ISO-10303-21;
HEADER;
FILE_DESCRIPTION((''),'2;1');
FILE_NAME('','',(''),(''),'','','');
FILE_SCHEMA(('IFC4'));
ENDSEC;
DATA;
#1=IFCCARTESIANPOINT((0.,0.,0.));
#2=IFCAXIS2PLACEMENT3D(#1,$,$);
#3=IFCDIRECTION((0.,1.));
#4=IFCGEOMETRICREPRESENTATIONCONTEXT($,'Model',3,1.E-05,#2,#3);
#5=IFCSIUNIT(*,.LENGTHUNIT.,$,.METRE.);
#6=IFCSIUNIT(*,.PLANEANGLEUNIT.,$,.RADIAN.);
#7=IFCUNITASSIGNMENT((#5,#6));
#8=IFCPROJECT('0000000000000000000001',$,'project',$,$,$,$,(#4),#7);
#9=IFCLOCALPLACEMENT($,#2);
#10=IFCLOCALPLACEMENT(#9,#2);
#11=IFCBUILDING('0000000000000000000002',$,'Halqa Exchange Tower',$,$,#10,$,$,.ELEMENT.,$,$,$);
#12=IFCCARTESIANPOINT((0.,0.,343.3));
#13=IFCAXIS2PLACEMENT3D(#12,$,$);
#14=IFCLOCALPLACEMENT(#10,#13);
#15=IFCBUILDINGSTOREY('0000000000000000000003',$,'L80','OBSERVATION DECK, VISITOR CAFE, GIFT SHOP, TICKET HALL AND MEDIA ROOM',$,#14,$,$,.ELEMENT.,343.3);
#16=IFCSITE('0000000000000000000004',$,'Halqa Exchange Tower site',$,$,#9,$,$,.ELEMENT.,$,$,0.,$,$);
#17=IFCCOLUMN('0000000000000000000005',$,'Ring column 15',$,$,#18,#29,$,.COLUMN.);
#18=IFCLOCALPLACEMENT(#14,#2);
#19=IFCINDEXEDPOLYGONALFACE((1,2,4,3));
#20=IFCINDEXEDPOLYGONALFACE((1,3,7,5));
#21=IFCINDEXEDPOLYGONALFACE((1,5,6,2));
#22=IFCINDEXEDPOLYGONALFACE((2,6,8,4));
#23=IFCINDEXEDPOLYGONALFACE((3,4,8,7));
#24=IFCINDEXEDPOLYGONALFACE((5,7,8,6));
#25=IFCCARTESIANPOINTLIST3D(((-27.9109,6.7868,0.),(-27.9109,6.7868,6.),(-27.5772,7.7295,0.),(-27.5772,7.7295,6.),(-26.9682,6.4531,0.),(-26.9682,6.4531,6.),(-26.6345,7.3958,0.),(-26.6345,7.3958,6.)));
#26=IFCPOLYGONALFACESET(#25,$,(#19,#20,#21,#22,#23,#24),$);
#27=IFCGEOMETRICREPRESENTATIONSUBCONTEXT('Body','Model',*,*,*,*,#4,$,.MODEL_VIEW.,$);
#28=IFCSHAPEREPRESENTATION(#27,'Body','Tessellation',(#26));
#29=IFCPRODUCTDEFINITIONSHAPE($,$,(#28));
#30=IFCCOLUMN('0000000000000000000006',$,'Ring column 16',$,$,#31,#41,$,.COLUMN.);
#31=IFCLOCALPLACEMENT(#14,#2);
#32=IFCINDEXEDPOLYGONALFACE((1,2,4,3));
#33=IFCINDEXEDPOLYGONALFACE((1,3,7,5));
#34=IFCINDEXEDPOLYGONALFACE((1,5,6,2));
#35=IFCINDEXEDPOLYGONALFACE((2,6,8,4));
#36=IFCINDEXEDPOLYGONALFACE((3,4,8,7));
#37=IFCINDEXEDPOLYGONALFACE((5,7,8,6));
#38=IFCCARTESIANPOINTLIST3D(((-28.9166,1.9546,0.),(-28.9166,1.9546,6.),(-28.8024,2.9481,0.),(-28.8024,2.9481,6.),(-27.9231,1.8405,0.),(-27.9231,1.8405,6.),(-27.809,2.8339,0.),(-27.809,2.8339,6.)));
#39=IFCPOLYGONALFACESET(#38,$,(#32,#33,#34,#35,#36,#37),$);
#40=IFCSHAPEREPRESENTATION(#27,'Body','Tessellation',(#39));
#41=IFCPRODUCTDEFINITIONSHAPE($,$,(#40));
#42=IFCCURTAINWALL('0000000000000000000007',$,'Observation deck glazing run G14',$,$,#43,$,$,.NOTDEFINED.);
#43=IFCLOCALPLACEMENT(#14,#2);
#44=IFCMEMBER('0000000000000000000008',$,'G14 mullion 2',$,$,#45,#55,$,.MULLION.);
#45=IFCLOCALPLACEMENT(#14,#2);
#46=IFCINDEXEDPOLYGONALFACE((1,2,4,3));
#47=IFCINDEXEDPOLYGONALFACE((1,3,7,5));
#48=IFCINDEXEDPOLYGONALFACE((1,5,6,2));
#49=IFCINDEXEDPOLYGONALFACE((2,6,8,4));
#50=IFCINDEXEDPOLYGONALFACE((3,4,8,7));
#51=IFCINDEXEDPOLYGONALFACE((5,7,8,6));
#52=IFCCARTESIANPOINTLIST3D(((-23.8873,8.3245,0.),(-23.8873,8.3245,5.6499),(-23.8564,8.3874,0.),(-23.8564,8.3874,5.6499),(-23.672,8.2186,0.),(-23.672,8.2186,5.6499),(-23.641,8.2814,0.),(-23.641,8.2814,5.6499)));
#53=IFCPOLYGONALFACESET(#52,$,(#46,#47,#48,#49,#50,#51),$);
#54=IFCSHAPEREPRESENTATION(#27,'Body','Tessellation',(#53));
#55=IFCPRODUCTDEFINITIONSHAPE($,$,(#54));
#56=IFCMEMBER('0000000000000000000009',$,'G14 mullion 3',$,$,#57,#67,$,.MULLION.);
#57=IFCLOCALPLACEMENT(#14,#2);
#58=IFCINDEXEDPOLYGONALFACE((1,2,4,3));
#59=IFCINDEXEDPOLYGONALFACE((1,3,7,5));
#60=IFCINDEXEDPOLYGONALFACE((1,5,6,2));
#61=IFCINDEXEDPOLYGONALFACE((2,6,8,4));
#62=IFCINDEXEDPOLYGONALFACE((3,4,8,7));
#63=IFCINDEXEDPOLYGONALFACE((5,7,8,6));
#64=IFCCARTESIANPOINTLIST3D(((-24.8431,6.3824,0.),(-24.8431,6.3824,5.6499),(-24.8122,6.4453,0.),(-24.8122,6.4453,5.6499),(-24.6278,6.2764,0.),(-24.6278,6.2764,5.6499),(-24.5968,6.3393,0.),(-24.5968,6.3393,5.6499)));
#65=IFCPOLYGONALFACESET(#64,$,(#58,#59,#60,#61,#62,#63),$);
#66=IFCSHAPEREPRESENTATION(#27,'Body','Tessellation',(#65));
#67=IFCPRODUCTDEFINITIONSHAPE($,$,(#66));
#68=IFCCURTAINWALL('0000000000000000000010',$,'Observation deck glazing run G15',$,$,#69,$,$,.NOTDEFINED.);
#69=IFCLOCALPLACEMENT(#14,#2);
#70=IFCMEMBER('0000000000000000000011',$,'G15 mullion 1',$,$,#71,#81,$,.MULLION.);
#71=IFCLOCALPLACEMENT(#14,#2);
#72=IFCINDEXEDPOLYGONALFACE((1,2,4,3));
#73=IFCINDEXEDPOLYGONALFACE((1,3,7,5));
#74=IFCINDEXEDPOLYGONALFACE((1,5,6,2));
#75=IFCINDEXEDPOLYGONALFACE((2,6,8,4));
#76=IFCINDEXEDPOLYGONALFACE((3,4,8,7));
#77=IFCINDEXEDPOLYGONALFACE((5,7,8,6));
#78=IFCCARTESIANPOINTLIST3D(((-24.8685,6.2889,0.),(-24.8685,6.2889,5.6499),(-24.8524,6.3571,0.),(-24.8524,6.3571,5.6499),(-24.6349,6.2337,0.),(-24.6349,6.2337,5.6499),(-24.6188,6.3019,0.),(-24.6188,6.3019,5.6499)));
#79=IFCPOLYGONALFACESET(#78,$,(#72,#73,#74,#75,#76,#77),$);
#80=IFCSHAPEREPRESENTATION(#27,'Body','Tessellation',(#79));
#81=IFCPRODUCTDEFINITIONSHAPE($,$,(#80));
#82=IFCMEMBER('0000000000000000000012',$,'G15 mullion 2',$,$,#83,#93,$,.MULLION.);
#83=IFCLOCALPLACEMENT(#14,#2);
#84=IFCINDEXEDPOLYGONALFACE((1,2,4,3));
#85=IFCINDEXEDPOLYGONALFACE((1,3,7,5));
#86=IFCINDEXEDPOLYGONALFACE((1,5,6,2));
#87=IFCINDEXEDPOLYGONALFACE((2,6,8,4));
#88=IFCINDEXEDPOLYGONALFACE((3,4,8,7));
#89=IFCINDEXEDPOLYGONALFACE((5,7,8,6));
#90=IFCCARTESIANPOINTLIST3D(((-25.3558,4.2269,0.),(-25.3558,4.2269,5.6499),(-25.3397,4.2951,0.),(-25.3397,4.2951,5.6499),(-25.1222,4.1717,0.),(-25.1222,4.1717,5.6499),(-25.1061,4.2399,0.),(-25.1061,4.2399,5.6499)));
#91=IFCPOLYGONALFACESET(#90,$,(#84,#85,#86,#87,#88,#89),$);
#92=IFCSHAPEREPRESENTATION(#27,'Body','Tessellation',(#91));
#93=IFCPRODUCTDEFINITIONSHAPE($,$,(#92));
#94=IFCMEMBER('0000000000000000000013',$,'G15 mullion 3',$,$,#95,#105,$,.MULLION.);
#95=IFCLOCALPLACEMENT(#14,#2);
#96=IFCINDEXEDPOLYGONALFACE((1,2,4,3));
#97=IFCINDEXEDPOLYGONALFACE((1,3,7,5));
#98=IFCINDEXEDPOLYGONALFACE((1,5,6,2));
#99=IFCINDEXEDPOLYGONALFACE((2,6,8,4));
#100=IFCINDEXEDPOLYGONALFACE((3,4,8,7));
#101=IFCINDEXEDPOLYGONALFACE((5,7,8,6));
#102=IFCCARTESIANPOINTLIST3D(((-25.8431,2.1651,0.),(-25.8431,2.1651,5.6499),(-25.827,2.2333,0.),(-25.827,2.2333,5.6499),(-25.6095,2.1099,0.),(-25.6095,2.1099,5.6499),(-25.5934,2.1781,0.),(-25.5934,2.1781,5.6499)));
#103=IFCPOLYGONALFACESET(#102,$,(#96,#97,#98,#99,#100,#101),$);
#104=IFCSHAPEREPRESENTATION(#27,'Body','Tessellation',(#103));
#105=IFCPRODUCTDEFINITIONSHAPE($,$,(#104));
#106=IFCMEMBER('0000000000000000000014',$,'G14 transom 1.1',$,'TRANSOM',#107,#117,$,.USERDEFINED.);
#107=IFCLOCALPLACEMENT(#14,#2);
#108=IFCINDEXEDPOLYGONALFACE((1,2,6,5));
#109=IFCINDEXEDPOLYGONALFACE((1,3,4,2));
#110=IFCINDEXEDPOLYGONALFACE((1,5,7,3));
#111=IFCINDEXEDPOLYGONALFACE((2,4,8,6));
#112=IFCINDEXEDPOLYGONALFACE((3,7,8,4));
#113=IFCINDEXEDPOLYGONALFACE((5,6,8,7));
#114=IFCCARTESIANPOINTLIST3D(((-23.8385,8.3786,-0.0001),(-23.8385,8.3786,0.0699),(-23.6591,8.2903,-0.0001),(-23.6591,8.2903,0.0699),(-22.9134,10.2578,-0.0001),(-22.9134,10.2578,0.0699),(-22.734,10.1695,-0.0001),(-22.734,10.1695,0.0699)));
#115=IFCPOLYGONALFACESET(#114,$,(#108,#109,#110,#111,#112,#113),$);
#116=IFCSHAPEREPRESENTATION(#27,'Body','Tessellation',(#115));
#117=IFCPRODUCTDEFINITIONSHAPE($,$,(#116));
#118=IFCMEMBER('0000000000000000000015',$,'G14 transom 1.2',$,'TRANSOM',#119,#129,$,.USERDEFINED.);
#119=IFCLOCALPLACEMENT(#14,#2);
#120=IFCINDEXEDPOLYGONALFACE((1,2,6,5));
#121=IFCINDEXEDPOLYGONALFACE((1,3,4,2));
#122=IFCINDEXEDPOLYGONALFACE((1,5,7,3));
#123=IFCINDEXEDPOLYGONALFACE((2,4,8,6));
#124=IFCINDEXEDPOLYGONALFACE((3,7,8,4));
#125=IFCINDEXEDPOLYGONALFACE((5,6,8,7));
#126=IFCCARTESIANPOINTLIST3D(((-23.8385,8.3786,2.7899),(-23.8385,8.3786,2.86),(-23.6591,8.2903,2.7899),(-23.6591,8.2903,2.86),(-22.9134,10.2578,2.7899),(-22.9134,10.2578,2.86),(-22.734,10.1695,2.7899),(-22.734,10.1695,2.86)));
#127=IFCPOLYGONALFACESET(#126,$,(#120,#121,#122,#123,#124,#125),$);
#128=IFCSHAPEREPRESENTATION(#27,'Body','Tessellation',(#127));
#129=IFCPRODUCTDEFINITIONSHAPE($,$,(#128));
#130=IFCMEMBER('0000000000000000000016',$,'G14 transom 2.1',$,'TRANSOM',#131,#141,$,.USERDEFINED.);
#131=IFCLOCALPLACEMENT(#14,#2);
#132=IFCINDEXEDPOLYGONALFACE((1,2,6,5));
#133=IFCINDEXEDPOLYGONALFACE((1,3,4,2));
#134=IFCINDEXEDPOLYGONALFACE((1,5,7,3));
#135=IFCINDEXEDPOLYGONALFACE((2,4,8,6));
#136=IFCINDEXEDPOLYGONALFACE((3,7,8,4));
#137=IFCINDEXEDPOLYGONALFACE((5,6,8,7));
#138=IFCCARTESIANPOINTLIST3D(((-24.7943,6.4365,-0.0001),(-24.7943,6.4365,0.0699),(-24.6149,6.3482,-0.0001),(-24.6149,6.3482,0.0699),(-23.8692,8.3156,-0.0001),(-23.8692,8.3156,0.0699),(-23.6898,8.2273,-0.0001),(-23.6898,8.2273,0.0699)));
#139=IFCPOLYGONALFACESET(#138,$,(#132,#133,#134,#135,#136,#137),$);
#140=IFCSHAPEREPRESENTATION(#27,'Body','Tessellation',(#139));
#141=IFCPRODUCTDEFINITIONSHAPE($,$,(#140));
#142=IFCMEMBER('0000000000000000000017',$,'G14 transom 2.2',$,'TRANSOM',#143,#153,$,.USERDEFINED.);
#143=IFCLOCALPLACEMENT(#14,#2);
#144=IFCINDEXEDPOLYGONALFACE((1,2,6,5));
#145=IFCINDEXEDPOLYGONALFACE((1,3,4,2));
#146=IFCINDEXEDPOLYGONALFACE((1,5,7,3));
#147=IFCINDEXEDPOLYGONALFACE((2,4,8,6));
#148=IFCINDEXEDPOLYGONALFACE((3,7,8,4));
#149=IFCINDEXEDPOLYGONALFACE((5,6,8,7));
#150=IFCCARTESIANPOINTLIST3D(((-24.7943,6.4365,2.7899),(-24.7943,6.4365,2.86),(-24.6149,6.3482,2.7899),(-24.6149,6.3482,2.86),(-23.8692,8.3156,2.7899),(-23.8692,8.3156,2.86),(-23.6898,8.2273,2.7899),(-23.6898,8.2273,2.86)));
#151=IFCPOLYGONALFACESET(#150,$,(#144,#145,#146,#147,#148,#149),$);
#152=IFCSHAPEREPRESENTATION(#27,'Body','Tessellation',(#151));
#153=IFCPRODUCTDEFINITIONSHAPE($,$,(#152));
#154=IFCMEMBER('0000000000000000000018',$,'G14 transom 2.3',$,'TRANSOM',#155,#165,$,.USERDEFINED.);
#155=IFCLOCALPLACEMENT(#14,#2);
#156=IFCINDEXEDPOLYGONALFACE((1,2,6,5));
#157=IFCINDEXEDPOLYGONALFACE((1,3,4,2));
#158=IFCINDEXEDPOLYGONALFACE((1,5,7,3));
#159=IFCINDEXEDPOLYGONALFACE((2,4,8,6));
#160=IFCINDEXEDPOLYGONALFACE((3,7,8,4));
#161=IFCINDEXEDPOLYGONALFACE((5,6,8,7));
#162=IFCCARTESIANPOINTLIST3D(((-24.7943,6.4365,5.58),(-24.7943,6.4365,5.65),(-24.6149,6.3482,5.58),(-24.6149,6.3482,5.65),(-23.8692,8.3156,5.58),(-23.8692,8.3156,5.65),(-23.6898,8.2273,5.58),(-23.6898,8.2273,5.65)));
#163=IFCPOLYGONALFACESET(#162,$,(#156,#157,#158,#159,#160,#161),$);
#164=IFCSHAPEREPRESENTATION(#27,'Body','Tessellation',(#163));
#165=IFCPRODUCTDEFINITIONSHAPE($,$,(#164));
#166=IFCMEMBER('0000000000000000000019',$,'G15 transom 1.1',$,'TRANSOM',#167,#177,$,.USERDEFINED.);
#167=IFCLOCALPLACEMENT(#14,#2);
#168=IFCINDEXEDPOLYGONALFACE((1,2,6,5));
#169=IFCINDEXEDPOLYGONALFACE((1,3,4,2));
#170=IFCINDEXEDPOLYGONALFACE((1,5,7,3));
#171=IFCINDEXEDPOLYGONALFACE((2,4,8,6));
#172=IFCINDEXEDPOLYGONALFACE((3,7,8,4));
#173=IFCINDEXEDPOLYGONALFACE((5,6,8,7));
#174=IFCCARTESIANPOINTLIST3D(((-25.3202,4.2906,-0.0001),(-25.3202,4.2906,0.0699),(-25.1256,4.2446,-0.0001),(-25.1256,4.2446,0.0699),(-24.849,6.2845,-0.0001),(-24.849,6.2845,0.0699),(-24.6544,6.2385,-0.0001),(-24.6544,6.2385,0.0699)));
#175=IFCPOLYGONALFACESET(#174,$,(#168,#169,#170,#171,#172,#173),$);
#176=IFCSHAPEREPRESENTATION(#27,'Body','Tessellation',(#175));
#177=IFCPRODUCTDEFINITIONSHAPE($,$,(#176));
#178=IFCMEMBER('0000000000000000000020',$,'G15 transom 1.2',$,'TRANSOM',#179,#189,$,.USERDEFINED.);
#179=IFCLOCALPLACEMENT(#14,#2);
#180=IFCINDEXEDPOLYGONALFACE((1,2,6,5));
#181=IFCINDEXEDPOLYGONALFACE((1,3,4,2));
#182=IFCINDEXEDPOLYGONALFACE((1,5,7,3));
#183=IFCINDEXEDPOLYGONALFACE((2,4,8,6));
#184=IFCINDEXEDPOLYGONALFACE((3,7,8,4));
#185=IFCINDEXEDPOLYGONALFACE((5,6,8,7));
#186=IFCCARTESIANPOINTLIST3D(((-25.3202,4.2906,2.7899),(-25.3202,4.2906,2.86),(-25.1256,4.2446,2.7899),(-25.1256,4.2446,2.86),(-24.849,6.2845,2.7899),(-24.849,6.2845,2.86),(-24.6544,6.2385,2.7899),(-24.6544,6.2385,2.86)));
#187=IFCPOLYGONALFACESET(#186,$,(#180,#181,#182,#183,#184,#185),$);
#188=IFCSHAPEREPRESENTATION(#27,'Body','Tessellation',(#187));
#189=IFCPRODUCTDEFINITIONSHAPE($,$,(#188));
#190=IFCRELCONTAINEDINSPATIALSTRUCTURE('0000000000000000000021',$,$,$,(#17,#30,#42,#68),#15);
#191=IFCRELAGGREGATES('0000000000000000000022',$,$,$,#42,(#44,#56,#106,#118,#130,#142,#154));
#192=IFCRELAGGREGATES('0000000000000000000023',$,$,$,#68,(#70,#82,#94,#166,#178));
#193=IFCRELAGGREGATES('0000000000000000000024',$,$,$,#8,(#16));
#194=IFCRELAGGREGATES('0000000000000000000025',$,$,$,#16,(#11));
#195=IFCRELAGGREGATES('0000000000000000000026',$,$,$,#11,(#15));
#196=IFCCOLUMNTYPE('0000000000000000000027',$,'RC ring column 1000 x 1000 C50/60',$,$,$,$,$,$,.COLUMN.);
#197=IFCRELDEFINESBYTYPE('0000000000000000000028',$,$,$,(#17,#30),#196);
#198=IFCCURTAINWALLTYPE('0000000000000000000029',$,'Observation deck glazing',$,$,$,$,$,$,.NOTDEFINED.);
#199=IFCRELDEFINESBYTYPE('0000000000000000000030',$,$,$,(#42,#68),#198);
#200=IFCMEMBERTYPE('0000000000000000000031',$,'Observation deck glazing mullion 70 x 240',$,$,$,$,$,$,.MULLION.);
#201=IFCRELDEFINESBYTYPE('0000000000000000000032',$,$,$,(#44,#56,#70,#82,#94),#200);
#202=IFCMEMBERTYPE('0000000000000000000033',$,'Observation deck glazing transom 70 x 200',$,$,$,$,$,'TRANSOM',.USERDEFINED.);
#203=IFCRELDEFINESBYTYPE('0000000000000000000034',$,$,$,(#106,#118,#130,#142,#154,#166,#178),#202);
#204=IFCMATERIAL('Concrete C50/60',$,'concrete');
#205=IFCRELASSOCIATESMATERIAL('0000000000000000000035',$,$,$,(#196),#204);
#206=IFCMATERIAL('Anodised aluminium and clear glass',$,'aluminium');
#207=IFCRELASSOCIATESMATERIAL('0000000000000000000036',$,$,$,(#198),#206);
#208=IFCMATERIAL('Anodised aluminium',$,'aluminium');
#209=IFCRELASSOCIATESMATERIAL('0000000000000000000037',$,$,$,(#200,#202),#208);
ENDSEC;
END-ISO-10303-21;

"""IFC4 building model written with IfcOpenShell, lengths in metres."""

from ifc_helpers import new_model, si_unit, direction, frame, origin, origin_2d, place, context, subcontext, project, spatial, rectangle, extrude, material, material_profile, profile_set, type_object, element, aggregate, save


model = new_model("IFC4")

# Units and contexts
model_context = context("Model", 3, precision=1e-05, world=origin(), true_north=direction((0.0, 1.0)))
body_context = subcontext(model_context, "Body", "Model", "MODEL_VIEW")
ifc_project = project(units=[si_unit("LENGTHUNIT", "METRE"), si_unit("PLANEANGLEUNIT", "RADIAN")], contexts=[model_context])

# Site, building, storey
site_placement = place(None, origin())
site = spatial("IfcSite", under=ifc_project, at=site_placement, Name="Halqa Exchange Tower site", CompositionType="ELEMENT", RefElevation=0.0)
building_placement = place(site_placement, origin())
building = spatial("IfcBuilding", under=site, at=building_placement, Name="Halqa Exchange Tower", CompositionType="ELEMENT")
storey_placement = place(building_placement, frame((0.0, 0.0, 343.3)))
storey = spatial("IfcBuildingStorey", under=building, at=storey_placement, Name="L80", Description="OBSERVATION DECK, VISITOR CAFE, GIFT SHOP, TICKET HALL AND MEDIA ROOM", CompositionType="ELEMENT", Elevation=343.3)

# Columns
ifc_material_1 = material(Name="Concrete C50/60", Category="concrete")
ifc_material_profile_1 = material_profile(ifc_material_1, rectangle(XDim=1.0, YDim=1.0, at=origin_2d()), Name="1000 x 1000")
ifc_profile_set_1 = profile_set([ifc_material_profile_1], Name="Concrete C50/60")
column_type = type_object("IfcColumnType", Name="RC ring column 1000 x 1000 C50/60", PredefinedType="COLUMN", material=ifc_profile_set_1)
for number, where, z_axis, x_axis, name in (
    (1, (-27.2727, 7.0913, 0.0), (0.0, 0.0, 1.0), (-0.333624, -0.942706, 0.0), "Ring column 15"),
    (2, (-28.3628, 2.3943, 0.0), (0.0, 0.0, 1.0), (-0.11416, -0.993462, 0.0), "Ring column 16"),
):
    element("IfcColumn", number, at=place(storey_placement, frame(where, z_axis=z_axis, x_axis=x_axis)), inside=storey, type_object=column_type, Name=name, PredefinedType="COLUMN", context=body_context, shape_type="SweptSolid", body=[
        extrude(rectangle(XDim=1.0, YDim=1.0, at=origin_2d()), origin(), (0.0, 0.0, 1.0), 6.0),
    ])

# Curtain walls, members
ifc_material_2 = material(Name="Anodised aluminium and clear glass", Category="aluminium")
curtain_wall_type = type_object("IfcCurtainWallType", Name="Observation deck glazing", PredefinedType="NOTDEFINED", material=ifc_material_2)
curtain_wall_1_placement = place(storey_placement, origin())
curtain_wall_1 = element("IfcCurtainWall", 3, at=curtain_wall_1_placement, inside=storey, type_object=curtain_wall_type, Name="Observation deck glazing run G14", PredefinedType="NOTDEFINED")
ifc_material_3 = material(Name="Anodised aluminium", Category="aluminium")
ifc_material_profile_2 = material_profile(ifc_material_3, rectangle(XDim=0.24, YDim=0.0701, at=origin_2d()), Name="AL 70x240")
ifc_profile_set_2 = profile_set([ifc_material_profile_2], Name="Anodised aluminium")
member_type_1 = type_object("IfcMemberType", Name="Observation deck glazing mullion 70 x 240", PredefinedType="MULLION", material=ifc_profile_set_2)
member_1_placement = place(storey_placement, frame((-23.7642, 8.303, 0.0), z_axis=(0.0, 0.0, 1.0), x_axis=(0.897215, -0.441595, 0.0)))
member_1 = element("IfcMember", 4, at=member_1_placement, type_object=member_type_1, Name="G14 mullion 2", PredefinedType="MULLION", context=body_context, shape_type="SweptSolid", body=[
    extrude(rectangle(XDim=0.24, YDim=0.0701, at=origin_2d()), origin(), (0.0, 0.0, 1.0), 5.6499),
])
member_2_placement = place(storey_placement, frame((-24.72, 6.3608, 0.0), z_axis=(0.0, 0.0, 1.0), x_axis=(0.897215, -0.441595, 0.0)))
member_2 = element("IfcMember", 5, at=member_2_placement, type_object=member_type_1, Name="G14 mullion 3", PredefinedType="MULLION", context=body_context, shape_type="SweptSolid", body=[
    extrude(rectangle(XDim=0.24, YDim=0.0701, at=origin_2d()), origin(), (0.0, 0.0, 1.0), 5.6499),
])
curtain_wall_2_placement = place(storey_placement, origin())
curtain_wall_2 = element("IfcCurtainWall", 6, at=curtain_wall_2_placement, inside=storey, type_object=curtain_wall_type, Name="Observation deck glazing run G15", PredefinedType="NOTDEFINED")
member_3_placement = place(storey_placement, frame((-24.7437, 6.2954, 0.0), z_axis=(0.0, 0.0, 1.0), x_axis=(0.973192, -0.229995, 0.0)))
member_3 = element("IfcMember", 7, at=member_3_placement, type_object=member_type_1, Name="G15 mullion 1", PredefinedType="MULLION", context=body_context, shape_type="SweptSolid", body=[
    extrude(rectangle(XDim=0.24, YDim=0.0701, at=origin_2d()), origin(), (0.0, 0.0, 1.0), 5.6499),
])
member_4_placement = place(storey_placement, frame((-25.231, 4.2334, 0.0), z_axis=(0.0, 0.0, 1.0), x_axis=(0.973192, -0.229995, 0.0)))
member_4 = element("IfcMember", 8, at=member_4_placement, type_object=member_type_1, Name="G15 mullion 2", PredefinedType="MULLION", context=body_context, shape_type="SweptSolid", body=[
    extrude(rectangle(XDim=0.24, YDim=0.0701, at=origin_2d()), origin(), (0.0, 0.0, 1.0), 5.6499),
])
member_5_placement = place(storey_placement, frame((-25.7183, 2.1716, 0.0), z_axis=(0.0, 0.0, 1.0), x_axis=(0.973192, -0.229995, 0.0)))
member_5 = element("IfcMember", 9, at=member_5_placement, type_object=member_type_1, Name="G15 mullion 3", PredefinedType="MULLION", context=body_context, shape_type="SweptSolid", body=[
    extrude(rectangle(XDim=0.24, YDim=0.0701, at=origin_2d()), origin(), (0.0, 0.0, 1.0), 5.6499),
])

# Members
ifc_material_profile_3 = material_profile(ifc_material_3, rectangle(XDim=0.2, YDim=0.0701, at=origin_2d()), Name="AL 70x200")
ifc_profile_set_3 = profile_set([ifc_material_profile_3], Name="Anodised aluminium")
member_type_2 = type_object("IfcMemberType", Name="Observation deck glazing transom 70 x 200", ElementType="TRANSOM", PredefinedType="USERDEFINED", material=ifc_profile_set_3)
member_6_placement = place(storey_placement, frame((-22.8237, 10.2136, 0.0349), z_axis=(-0.441657, -0.897184, 0.0), x_axis=(0.897184, -0.441657, 0.0)))
member_6 = element("IfcMember", 10, at=member_6_placement, type_object=member_type_2, Name="G14 transom 1.1", ObjectType="TRANSOM", PredefinedType="USERDEFINED", context=body_context, shape_type="SweptSolid", body=[
    extrude(rectangle(XDim=0.2, YDim=0.0701, at=origin_2d()), origin(), (0.0, 0.0, 1.0), 2.0945),
])
member_7_placement = place(storey_placement, frame((-22.8237, 10.2136, 2.825), z_axis=(-0.441657, -0.897184, 0.0), x_axis=(0.897184, -0.441657, 0.0)))
member_7 = element("IfcMember", 11, at=member_7_placement, type_object=member_type_2, Name="G14 transom 1.2", ObjectType="TRANSOM", PredefinedType="USERDEFINED", context=body_context, shape_type="SweptSolid", body=[
    extrude(rectangle(XDim=0.2, YDim=0.0701, at=origin_2d()), origin(), (0.0, 0.0, 1.0), 2.0945),
])
member_8_placement = place(storey_placement, frame((-23.7795, 8.2715, 0.0349), z_axis=(-0.441657, -0.897184, 0.0), x_axis=(0.897184, -0.441657, 0.0)))
member_8 = element("IfcMember", 12, at=member_8_placement, type_object=member_type_2, Name="G14 transom 2.1", ObjectType="TRANSOM", PredefinedType="USERDEFINED", context=body_context, shape_type="SweptSolid", body=[
    extrude(rectangle(XDim=0.2, YDim=0.0701, at=origin_2d()), origin(), (0.0, 0.0, 1.0), 2.0945),
])
member_9_placement = place(storey_placement, frame((-23.7795, 8.2715, 2.825), z_axis=(-0.441657, -0.897184, 0.0), x_axis=(0.897184, -0.441657, 0.0)))
member_9 = element("IfcMember", 13, at=member_9_placement, type_object=member_type_2, Name="G14 transom 2.2", ObjectType="TRANSOM", PredefinedType="USERDEFINED", context=body_context, shape_type="SweptSolid", body=[
    extrude(rectangle(XDim=0.2, YDim=0.0701, at=origin_2d()), origin(), (0.0, 0.0, 1.0), 2.0945),
])
member_10_placement = place(storey_placement, frame((-23.7795, 8.2715, 5.615), z_axis=(-0.441657, -0.897184, 0.0), x_axis=(0.897184, -0.441657, 0.0)))
member_10 = element("IfcMember", 14, at=member_10_placement, type_object=member_type_2, Name="G14 transom 2.3", ObjectType="TRANSOM", PredefinedType="USERDEFINED", context=body_context, shape_type="SweptSolid", body=[
    extrude(rectangle(XDim=0.2, YDim=0.0701, at=origin_2d()), origin(), (0.0, 0.0, 1.0), 2.0945),
])
member_11_placement = place(storey_placement, frame((-24.7517, 6.2615, 0.0349), z_axis=(-0.229982, -0.973195, 0.0), x_axis=(0.973195, -0.229982, 0.0)))
member_11 = element("IfcMember", 15, at=member_11_placement, type_object=member_type_2, Name="G15 transom 1.1", ObjectType="TRANSOM", PredefinedType="USERDEFINED", context=body_context, shape_type="SweptSolid", body=[
    extrude(rectangle(XDim=0.2, YDim=0.0701, at=origin_2d()), origin(), (0.0, 0.0, 1.0), 2.0488),
])
member_12_placement = place(storey_placement, frame((-24.7517, 6.2615, 2.825), z_axis=(-0.229982, -0.973195, 0.0), x_axis=(0.973195, -0.229982, 0.0)))
member_12 = element("IfcMember", 16, at=member_12_placement, type_object=member_type_2, Name="G15 transom 1.2", ObjectType="TRANSOM", PredefinedType="USERDEFINED", context=body_context, shape_type="SweptSolid", body=[
    extrude(rectangle(XDim=0.2, YDim=0.0701, at=origin_2d()), origin(), (0.0, 0.0, 1.0), 2.0488),
])

aggregate(curtain_wall_1, [member_1, member_2, member_6, member_7, member_8, member_9, member_10])
aggregate(curtain_wall_2, [member_3, member_4, member_5, member_11, member_12])

save(model, "model.ifc")
